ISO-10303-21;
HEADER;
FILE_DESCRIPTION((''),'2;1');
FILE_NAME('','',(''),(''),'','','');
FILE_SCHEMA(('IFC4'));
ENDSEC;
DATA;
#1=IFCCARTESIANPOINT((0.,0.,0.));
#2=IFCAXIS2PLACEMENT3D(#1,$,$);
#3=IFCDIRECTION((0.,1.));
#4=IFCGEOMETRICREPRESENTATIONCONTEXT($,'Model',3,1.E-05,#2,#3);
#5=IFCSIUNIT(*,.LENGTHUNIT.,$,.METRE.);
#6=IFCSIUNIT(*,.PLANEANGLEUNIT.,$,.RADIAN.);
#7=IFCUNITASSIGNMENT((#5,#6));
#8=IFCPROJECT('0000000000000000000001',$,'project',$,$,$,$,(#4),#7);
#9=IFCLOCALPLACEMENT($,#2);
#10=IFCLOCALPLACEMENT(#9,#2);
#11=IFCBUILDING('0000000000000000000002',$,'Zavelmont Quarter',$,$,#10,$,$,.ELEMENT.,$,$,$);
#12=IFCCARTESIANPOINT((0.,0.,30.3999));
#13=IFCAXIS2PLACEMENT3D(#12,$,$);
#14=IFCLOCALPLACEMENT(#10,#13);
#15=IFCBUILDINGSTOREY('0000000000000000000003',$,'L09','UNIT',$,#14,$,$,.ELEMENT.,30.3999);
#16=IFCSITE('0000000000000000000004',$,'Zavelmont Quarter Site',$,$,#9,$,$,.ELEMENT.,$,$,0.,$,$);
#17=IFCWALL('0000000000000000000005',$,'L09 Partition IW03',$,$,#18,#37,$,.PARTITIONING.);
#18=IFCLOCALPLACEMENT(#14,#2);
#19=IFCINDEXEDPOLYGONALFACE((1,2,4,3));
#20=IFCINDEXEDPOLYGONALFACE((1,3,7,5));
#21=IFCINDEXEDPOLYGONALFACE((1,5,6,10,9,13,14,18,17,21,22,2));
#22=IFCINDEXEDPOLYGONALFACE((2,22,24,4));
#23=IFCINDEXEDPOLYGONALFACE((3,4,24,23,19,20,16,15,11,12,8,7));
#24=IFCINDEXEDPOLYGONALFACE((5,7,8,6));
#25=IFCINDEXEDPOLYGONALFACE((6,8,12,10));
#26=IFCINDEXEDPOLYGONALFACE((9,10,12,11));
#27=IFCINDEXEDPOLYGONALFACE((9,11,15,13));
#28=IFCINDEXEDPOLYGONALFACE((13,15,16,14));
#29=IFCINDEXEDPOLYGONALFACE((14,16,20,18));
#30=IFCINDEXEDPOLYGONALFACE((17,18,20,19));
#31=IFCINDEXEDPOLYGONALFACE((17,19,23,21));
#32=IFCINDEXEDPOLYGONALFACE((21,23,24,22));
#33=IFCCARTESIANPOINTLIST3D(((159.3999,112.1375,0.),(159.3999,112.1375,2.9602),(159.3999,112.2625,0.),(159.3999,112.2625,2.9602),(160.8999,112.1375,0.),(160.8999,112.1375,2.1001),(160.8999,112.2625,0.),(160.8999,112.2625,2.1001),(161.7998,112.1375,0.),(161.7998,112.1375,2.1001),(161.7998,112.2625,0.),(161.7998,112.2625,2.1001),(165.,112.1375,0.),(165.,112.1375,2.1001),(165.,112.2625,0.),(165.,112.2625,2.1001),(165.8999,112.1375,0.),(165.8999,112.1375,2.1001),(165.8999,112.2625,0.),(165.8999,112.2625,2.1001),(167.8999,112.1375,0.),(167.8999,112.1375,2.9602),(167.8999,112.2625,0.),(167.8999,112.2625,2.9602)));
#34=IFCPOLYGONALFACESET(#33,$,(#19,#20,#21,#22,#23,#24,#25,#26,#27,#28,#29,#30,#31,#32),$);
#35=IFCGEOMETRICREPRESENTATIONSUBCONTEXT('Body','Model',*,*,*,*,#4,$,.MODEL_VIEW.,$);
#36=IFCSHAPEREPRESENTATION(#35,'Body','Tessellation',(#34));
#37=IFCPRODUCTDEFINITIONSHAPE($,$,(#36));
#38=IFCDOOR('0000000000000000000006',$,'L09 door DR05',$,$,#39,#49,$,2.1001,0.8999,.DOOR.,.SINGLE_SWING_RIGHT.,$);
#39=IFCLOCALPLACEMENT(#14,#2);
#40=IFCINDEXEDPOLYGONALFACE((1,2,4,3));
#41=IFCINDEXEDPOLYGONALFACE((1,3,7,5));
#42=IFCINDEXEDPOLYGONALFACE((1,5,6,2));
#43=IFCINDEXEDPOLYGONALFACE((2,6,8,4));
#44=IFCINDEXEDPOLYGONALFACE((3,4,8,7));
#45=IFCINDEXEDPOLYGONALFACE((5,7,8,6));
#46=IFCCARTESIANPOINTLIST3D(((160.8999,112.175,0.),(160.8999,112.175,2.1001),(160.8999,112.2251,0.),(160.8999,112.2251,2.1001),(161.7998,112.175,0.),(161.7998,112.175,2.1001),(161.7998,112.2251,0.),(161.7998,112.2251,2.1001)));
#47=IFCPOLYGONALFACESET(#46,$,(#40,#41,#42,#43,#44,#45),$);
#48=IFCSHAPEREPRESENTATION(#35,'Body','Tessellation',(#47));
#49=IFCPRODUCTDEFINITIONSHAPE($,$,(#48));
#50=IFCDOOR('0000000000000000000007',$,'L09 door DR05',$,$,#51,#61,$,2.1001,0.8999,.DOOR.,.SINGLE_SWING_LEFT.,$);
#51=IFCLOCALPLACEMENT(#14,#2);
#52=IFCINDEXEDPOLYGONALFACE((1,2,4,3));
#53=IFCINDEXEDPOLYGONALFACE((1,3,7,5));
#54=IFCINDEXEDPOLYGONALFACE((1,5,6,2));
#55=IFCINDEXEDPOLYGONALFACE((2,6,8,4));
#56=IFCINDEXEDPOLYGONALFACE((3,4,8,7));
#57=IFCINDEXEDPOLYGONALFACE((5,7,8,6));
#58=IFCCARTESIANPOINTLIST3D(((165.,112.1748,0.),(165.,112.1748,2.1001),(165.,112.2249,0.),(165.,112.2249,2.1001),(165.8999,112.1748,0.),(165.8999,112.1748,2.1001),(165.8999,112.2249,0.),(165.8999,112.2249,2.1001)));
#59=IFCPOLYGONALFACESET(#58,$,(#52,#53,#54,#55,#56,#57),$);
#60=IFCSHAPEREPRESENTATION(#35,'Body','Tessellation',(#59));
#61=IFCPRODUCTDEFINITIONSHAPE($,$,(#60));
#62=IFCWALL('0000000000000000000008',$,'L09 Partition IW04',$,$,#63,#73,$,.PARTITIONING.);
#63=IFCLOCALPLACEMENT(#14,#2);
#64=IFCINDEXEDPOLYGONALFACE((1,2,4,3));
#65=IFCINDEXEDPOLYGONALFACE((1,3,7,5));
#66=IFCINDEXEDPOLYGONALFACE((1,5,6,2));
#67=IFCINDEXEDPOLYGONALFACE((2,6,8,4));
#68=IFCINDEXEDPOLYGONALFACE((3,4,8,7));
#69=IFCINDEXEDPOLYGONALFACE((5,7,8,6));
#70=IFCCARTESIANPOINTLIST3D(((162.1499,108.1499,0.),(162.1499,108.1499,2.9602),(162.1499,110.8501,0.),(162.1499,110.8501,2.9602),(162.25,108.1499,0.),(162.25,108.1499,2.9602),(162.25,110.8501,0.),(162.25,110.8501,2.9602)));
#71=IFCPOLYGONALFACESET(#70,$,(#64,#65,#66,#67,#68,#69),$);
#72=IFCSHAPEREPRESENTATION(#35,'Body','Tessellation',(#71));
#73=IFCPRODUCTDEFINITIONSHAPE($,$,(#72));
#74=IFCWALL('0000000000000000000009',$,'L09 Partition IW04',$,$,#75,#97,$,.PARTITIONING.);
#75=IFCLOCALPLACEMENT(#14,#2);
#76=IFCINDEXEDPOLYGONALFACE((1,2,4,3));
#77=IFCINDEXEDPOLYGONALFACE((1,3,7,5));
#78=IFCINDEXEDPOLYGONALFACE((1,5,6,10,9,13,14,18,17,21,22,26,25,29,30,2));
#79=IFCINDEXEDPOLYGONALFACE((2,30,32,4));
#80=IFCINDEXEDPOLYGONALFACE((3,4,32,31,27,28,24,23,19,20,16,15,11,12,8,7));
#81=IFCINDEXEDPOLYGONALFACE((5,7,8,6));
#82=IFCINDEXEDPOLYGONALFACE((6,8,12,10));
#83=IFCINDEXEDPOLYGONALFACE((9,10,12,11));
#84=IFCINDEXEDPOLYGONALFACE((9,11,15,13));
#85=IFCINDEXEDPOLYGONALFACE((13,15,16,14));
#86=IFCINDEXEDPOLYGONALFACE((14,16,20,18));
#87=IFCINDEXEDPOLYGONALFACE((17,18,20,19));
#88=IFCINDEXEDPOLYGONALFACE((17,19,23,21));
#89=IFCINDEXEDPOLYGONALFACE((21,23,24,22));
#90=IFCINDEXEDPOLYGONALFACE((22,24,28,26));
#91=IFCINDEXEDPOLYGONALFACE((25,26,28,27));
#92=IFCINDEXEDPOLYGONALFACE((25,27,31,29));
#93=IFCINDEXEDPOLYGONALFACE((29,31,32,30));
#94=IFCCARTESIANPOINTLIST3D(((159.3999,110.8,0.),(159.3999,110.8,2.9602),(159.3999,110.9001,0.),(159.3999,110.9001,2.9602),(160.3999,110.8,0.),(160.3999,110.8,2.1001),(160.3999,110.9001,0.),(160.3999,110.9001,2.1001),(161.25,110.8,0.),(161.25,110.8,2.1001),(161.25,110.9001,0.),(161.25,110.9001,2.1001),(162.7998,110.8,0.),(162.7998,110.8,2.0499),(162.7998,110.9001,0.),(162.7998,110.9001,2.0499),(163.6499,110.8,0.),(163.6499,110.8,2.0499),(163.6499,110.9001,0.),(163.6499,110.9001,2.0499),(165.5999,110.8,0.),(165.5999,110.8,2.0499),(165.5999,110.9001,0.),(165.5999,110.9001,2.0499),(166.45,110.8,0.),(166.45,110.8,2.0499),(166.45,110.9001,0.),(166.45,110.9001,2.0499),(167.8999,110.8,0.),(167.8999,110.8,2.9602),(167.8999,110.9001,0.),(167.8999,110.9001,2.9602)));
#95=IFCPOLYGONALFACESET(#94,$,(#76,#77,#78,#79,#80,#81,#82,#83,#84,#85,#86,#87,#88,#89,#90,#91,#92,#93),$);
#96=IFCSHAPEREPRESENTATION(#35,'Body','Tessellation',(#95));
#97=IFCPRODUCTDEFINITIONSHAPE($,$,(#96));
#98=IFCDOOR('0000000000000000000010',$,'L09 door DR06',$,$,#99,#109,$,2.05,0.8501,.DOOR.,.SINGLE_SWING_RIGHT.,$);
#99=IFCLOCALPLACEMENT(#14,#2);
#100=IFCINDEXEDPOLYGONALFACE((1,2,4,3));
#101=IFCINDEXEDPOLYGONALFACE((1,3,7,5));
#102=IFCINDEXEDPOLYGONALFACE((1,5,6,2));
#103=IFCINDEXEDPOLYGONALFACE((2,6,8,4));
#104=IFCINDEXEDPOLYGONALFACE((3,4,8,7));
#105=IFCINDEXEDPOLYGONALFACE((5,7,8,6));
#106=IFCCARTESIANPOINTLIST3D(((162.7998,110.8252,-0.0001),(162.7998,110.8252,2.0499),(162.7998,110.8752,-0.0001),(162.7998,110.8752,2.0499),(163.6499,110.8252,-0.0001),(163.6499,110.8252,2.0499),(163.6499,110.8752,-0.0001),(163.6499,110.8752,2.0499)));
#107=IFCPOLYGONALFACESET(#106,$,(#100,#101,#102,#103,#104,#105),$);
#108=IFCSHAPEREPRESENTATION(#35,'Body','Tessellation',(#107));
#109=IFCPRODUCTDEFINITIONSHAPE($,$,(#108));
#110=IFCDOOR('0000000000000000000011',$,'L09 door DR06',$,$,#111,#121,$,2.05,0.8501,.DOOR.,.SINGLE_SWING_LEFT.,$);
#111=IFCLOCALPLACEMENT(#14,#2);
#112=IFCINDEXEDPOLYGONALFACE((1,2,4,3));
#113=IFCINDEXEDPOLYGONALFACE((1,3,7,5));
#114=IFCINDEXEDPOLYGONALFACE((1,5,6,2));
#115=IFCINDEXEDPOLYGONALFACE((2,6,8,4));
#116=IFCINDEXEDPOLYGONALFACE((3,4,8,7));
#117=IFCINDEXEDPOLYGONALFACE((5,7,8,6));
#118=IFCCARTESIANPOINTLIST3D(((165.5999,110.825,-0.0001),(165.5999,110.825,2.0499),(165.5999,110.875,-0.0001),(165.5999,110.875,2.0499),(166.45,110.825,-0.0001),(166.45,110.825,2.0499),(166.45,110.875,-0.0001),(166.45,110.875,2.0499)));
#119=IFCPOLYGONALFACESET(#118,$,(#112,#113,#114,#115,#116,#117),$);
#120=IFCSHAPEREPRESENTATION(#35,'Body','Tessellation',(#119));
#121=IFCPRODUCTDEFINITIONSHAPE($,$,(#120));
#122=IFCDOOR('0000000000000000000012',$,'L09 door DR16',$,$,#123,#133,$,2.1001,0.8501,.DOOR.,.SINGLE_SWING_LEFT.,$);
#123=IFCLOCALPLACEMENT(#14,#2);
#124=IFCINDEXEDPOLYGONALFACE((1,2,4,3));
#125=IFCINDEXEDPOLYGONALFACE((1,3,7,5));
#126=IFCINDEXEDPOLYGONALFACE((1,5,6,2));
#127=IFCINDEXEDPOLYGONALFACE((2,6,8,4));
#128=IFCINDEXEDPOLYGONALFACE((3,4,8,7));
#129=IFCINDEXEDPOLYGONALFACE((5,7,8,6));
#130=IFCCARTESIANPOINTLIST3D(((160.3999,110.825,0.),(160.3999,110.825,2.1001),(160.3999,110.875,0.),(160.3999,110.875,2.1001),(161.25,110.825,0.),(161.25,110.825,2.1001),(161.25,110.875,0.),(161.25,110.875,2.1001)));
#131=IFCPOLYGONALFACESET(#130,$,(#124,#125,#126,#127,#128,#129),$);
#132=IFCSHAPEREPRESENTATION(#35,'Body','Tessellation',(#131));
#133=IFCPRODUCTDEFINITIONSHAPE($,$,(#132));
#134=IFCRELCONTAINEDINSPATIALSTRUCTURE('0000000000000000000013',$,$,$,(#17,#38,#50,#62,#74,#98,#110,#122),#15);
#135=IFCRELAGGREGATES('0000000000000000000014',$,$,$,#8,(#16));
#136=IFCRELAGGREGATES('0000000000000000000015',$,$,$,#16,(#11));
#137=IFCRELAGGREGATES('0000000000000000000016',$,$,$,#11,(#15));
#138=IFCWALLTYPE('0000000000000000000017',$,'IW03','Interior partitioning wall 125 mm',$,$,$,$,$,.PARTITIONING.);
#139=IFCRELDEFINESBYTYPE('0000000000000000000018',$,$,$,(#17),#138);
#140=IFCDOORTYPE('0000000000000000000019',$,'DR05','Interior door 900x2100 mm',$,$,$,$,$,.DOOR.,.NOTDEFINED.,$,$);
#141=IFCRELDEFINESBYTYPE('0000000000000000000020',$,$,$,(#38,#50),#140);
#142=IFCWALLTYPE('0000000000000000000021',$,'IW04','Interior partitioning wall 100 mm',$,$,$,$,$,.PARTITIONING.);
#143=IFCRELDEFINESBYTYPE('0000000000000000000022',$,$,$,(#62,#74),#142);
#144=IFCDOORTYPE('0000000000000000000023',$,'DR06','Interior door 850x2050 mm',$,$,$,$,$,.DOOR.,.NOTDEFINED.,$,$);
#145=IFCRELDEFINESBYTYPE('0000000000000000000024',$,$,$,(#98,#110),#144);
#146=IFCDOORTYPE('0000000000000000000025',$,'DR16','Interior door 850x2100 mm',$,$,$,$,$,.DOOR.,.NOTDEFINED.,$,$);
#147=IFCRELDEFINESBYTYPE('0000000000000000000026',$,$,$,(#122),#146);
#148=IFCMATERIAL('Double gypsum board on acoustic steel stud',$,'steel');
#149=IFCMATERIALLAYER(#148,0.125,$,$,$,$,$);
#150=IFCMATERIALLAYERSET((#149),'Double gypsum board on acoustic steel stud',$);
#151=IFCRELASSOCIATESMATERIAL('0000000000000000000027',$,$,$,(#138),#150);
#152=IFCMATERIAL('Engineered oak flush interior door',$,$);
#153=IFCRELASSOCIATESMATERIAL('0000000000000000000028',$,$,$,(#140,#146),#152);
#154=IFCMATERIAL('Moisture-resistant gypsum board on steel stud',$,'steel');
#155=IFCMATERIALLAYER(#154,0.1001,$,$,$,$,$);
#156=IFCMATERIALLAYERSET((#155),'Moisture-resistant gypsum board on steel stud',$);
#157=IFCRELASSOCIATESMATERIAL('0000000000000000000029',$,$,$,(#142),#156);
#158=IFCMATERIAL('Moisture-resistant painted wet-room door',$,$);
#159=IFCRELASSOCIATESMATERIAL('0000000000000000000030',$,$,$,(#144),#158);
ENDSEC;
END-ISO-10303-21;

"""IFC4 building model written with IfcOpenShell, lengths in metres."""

from ifc_helpers import new_model, si_unit, direction, frame, frame_2d, origin, origin_with_axes, place, context, subcontext, project, spatial, rectangle, extrude, material, layer, layer_set, type_object, element, fill, save


model = new_model("IFC4")

# Units and contexts
model_context = context("Model", 3, precision=1e-05, world=origin(), true_north=direction((0.0, 1.0)))
body_context = subcontext(model_context, "Body", "Model", "MODEL_VIEW")
ifc_project = project(units=[si_unit("LENGTHUNIT", "METRE"), si_unit("PLANEANGLEUNIT", "RADIAN")], contexts=[model_context])

# Site, building, storey
site_placement = place(None, origin())
site = spatial("IfcSite", under=ifc_project, at=site_placement, Name="Zavelmont Quarter Site", CompositionType="ELEMENT", RefElevation=0.0)
building_placement = place(site_placement, origin())
building = spatial("IfcBuilding", under=site, at=building_placement, Name="Zavelmont Quarter", CompositionType="ELEMENT")
storey_placement = place(building_placement, frame((0.0, 0.0, 30.3999)))
storey = spatial("IfcBuildingStorey", under=building, at=storey_placement, Name="L09", Description="UNIT", CompositionType="ELEMENT", Elevation=30.3999)

# Shared definitions
ifc_material_1 = material(Name="Double gypsum board on acoustic steel stud", Category="steel")
ifc_layer_1 = layer(ifc_material_1, 0.125)
ifc_layer_set_1 = layer_set([ifc_layer_1], Name="Double gypsum board on acoustic steel stud")
wall_type_1 = type_object("IfcWallType", Name="IW03", Description="Interior partitioning wall 125 mm", PredefinedType="PARTITIONING", material=ifc_layer_set_1)
ifc_material_2 = material(Name="Engineered oak flush interior door")
door_type_1 = type_object("IfcDoorType", Name="DR05", Description="Interior door 900x2100 mm", OperationType="NOTDEFINED", PredefinedType="DOOR", material=ifc_material_2)

# Wall, openings, doors
wall_1_placement = place(storey_placement, frame((159.3999, 112.2, 0.0), z_axis=(0.0, 0.0, 1.0), x_axis=(1.0, 0.0, 0.0)))
wall_1 = element("IfcWall", 1, at=wall_1_placement, inside=storey, type_object=wall_type_1, Name="L09 Partition IW03", PredefinedType="PARTITIONING", context=body_context, shape_type="SweptSolid", body=[
    extrude(rectangle(XDim=8.5, YDim=0.125, at=frame_2d((4.25, 0.0))), origin(), (0.0, 0.0, 1.0), 2.9602),
])
opening_1_placement = place(wall_1_placement, frame((1.5, 0.0, 0.0)))
opening_1 = element("IfcOpeningElement", 2, at=opening_1_placement, cuts=wall_1, PredefinedType="OPENING", context=body_context, shape_type="SweptSolid", body=[
    extrude(rectangle(XDim=0.8999, YDim=2.1001, at=frame_2d((0.45, 1.05))), frame((0.0, 0.0745, 0.0), z_axis=(0.0, -1.0, 0.0), x_axis=(1.0, 0.0, 0.0)), (0.0, 0.0, 1.0), 0.1489),
])
opening_2_placement = place(wall_1_placement, frame((5.6001, 0.0, 0.0)))
opening_2 = element("IfcOpeningElement", 3, at=opening_2_placement, cuts=wall_1, PredefinedType="OPENING", context=body_context, shape_type="SweptSolid", body=[
    extrude(rectangle(XDim=0.8999, YDim=2.1001, at=frame_2d((0.45, 1.05))), frame((0.0, 0.0745, 0.0), z_axis=(0.0, -1.0, 0.0), x_axis=(1.0, 0.0, 0.0)), (0.0, 0.0, 1.0), 0.1489),
])
door_1_placement = place(opening_1_placement, frame((0.8999, 0.0, 0.0), z_axis=(0.0, 0.0, 1.0), x_axis=(-1.0, 0.0, 0.0)))
door_1 = element("IfcDoor", 4, at=door_1_placement, inside=storey, type_object=door_type_1, Name="L09 door DR05", OperationType="SINGLE_SWING_RIGHT", OverallHeight=2.1001, OverallWidth=0.8999, PredefinedType="DOOR", context=body_context, shape_type="SweptSolid", body=[
    extrude(rectangle(XDim=0.8999, YDim=2.1001, at=frame_2d((0.45, 1.05))), frame((0.0, 0.0249, 0.0), z_axis=(0.0, -1.0, 0.0), x_axis=(1.0, 0.0, 0.0)), (0.0, 0.0, 1.0), 0.05),
])
fill(opening_1, door_1)
door_2_placement = place(opening_2_placement, origin_with_axes())
door_2 = element("IfcDoor", 5, at=door_2_placement, inside=storey, type_object=door_type_1, Name="L09 door DR05", OperationType="SINGLE_SWING_LEFT", OverallHeight=2.1001, OverallWidth=0.8999, PredefinedType="DOOR", context=body_context, shape_type="SweptSolid", body=[
    extrude(rectangle(XDim=0.8999, YDim=2.1001, at=frame_2d((0.45, 1.05))), frame((0.0, 0.0249, 0.0), z_axis=(0.0, -1.0, 0.0), x_axis=(1.0, 0.0, 0.0)), (0.0, 0.0, 1.0), 0.05),
])
fill(opening_2, door_2)

# Wall
ifc_material_3 = material(Name="Moisture-resistant gypsum board on steel stud", Category="steel")
ifc_layer_2 = layer(ifc_material_3, 0.1001)
ifc_layer_set_2 = layer_set([ifc_layer_2], Name="Moisture-resistant gypsum board on steel stud")
wall_type_2 = type_object("IfcWallType", Name="IW04", Description="Interior partitioning wall 100 mm", PredefinedType="PARTITIONING", material=ifc_layer_set_2)
wall_2_placement = place(storey_placement, frame((162.2, 108.1499, 0.0), z_axis=(0.0, 0.0, 1.0), x_axis=(0.0, 1.0, 0.0)))
element("IfcWall", 6, at=wall_2_placement, inside=storey, type_object=wall_type_2, Name="L09 Partition IW04", PredefinedType="PARTITIONING", context=body_context, shape_type="SweptSolid", body=[
    extrude(rectangle(XDim=2.7002, YDim=0.1001, at=frame_2d((1.3501, 0.0))), origin(), (0.0, 0.0, 1.0), 2.9602),
])

# Wall, openings, doors
wall_3_placement = place(storey_placement, frame((159.3999, 110.8501, 0.0), z_axis=(0.0, 0.0, 1.0), x_axis=(1.0, 0.0, 0.0)))
wall_3 = element("IfcWall", 7, at=wall_3_placement, inside=storey, type_object=wall_type_2, Name="L09 Partition IW04", PredefinedType="PARTITIONING", context=body_context, shape_type="SweptSolid", body=[
    extrude(rectangle(XDim=8.5, YDim=0.1001, at=frame_2d((4.25, 0.0))), origin(), (0.0, 0.0, 1.0), 2.9602),
])
opening_3_placement = place(wall_3_placement, frame((1.0, 0.0, 0.0)))
opening_3 = element("IfcOpeningElement", 8, at=opening_3_placement, cuts=wall_3, PredefinedType="OPENING", context=body_context, shape_type="SweptSolid", body=[
    extrude(rectangle(XDim=0.8501, YDim=2.1001, at=frame_2d((0.425, 1.05))), frame((0.0, 0.062, 0.0), z_axis=(0.0, -1.0, 0.0), x_axis=(1.0, 0.0, 0.0)), (0.0, 0.0, 1.0), 0.124),
])
opening_4_placement = place(wall_3_placement, frame((3.3999, 0.0, 0.0)))
opening_4 = element("IfcOpeningElement", 9, at=opening_4_placement, cuts=wall_3, PredefinedType="OPENING", context=body_context, shape_type="SweptSolid", body=[
    extrude(rectangle(XDim=0.8501, YDim=2.05, at=frame_2d((0.425, 1.0249))), frame((0.0, 0.062, 0.0), z_axis=(0.0, -1.0, 0.0), x_axis=(1.0, 0.0, 0.0)), (0.0, 0.0, 1.0), 0.124),
])
opening_5_placement = place(wall_3_placement, frame((6.2, 0.0, 0.0)))
opening_5 = element("IfcOpeningElement", 10, at=opening_5_placement, cuts=wall_3, PredefinedType="OPENING", context=body_context, shape_type="SweptSolid", body=[
    extrude(rectangle(XDim=0.8501, YDim=2.05, at=frame_2d((0.425, 1.0249))), frame((0.0, 0.062, 0.0), z_axis=(0.0, -1.0, 0.0), x_axis=(1.0, 0.0, 0.0)), (0.0, 0.0, 1.0), 0.124),
])
ifc_material_4 = material(Name="Moisture-resistant painted wet-room door")
door_type_2 = type_object("IfcDoorType", Name="DR06", Description="Interior door 850x2050 mm", OperationType="NOTDEFINED", PredefinedType="DOOR", material=ifc_material_4)
door_3_placement = place(opening_4_placement, frame((0.8501, 0.0, 0.0), z_axis=(0.0, 0.0, 1.0), x_axis=(-1.0, 0.0, 0.0)))
door_3 = element("IfcDoor", 11, at=door_3_placement, inside=storey, type_object=door_type_2, Name="L09 door DR06", OperationType="SINGLE_SWING_RIGHT", OverallHeight=2.05, OverallWidth=0.8501, PredefinedType="DOOR", context=body_context, shape_type="SweptSolid", body=[
    extrude(rectangle(XDim=0.8501, YDim=2.05, at=frame_2d((0.425, 1.0249))), frame((0.0, 0.0249, 0.0), z_axis=(0.0, -1.0, 0.0), x_axis=(1.0, 0.0, 0.0)), (0.0, 0.0, 1.0), 0.05),
])
fill(opening_4, door_3)
door_4_placement = place(opening_5_placement, origin_with_axes())
door_4 = element("IfcDoor", 12, at=door_4_placement, inside=storey, type_object=door_type_2, Name="L09 door DR06", OperationType="SINGLE_SWING_LEFT", OverallHeight=2.05, OverallWidth=0.8501, PredefinedType="DOOR", context=body_context, shape_type="SweptSolid", body=[
    extrude(rectangle(XDim=0.8501, YDim=2.05, at=frame_2d((0.425, 1.0249))), frame((0.0, 0.0249, 0.0), z_axis=(0.0, -1.0, 0.0), x_axis=(1.0, 0.0, 0.0)), (0.0, 0.0, 1.0), 0.05),
])
fill(opening_5, door_4)
door_type_3 = type_object("IfcDoorType", Name="DR16", Description="Interior door 850x2100 mm", OperationType="NOTDEFINED", PredefinedType="DOOR", material=ifc_material_2)
door_5_placement = place(opening_3_placement, origin_with_axes())
door_5 = element("IfcDoor", 13, at=door_5_placement, inside=storey, type_object=door_type_3, Name="L09 door DR16", OperationType="SINGLE_SWING_LEFT", OverallHeight=2.1001, OverallWidth=0.8501, PredefinedType="DOOR", context=body_context, shape_type="SweptSolid", body=[
    extrude(rectangle(XDim=0.8501, YDim=2.1001, at=frame_2d((0.425, 1.05))), frame((0.0, 0.0249, 0.0), z_axis=(0.0, -1.0, 0.0), x_axis=(1.0, 0.0, 0.0)), (0.0, 0.0, 1.0), 0.05),
])
fill(opening_3, door_5)

save(model, "model.ifc")
